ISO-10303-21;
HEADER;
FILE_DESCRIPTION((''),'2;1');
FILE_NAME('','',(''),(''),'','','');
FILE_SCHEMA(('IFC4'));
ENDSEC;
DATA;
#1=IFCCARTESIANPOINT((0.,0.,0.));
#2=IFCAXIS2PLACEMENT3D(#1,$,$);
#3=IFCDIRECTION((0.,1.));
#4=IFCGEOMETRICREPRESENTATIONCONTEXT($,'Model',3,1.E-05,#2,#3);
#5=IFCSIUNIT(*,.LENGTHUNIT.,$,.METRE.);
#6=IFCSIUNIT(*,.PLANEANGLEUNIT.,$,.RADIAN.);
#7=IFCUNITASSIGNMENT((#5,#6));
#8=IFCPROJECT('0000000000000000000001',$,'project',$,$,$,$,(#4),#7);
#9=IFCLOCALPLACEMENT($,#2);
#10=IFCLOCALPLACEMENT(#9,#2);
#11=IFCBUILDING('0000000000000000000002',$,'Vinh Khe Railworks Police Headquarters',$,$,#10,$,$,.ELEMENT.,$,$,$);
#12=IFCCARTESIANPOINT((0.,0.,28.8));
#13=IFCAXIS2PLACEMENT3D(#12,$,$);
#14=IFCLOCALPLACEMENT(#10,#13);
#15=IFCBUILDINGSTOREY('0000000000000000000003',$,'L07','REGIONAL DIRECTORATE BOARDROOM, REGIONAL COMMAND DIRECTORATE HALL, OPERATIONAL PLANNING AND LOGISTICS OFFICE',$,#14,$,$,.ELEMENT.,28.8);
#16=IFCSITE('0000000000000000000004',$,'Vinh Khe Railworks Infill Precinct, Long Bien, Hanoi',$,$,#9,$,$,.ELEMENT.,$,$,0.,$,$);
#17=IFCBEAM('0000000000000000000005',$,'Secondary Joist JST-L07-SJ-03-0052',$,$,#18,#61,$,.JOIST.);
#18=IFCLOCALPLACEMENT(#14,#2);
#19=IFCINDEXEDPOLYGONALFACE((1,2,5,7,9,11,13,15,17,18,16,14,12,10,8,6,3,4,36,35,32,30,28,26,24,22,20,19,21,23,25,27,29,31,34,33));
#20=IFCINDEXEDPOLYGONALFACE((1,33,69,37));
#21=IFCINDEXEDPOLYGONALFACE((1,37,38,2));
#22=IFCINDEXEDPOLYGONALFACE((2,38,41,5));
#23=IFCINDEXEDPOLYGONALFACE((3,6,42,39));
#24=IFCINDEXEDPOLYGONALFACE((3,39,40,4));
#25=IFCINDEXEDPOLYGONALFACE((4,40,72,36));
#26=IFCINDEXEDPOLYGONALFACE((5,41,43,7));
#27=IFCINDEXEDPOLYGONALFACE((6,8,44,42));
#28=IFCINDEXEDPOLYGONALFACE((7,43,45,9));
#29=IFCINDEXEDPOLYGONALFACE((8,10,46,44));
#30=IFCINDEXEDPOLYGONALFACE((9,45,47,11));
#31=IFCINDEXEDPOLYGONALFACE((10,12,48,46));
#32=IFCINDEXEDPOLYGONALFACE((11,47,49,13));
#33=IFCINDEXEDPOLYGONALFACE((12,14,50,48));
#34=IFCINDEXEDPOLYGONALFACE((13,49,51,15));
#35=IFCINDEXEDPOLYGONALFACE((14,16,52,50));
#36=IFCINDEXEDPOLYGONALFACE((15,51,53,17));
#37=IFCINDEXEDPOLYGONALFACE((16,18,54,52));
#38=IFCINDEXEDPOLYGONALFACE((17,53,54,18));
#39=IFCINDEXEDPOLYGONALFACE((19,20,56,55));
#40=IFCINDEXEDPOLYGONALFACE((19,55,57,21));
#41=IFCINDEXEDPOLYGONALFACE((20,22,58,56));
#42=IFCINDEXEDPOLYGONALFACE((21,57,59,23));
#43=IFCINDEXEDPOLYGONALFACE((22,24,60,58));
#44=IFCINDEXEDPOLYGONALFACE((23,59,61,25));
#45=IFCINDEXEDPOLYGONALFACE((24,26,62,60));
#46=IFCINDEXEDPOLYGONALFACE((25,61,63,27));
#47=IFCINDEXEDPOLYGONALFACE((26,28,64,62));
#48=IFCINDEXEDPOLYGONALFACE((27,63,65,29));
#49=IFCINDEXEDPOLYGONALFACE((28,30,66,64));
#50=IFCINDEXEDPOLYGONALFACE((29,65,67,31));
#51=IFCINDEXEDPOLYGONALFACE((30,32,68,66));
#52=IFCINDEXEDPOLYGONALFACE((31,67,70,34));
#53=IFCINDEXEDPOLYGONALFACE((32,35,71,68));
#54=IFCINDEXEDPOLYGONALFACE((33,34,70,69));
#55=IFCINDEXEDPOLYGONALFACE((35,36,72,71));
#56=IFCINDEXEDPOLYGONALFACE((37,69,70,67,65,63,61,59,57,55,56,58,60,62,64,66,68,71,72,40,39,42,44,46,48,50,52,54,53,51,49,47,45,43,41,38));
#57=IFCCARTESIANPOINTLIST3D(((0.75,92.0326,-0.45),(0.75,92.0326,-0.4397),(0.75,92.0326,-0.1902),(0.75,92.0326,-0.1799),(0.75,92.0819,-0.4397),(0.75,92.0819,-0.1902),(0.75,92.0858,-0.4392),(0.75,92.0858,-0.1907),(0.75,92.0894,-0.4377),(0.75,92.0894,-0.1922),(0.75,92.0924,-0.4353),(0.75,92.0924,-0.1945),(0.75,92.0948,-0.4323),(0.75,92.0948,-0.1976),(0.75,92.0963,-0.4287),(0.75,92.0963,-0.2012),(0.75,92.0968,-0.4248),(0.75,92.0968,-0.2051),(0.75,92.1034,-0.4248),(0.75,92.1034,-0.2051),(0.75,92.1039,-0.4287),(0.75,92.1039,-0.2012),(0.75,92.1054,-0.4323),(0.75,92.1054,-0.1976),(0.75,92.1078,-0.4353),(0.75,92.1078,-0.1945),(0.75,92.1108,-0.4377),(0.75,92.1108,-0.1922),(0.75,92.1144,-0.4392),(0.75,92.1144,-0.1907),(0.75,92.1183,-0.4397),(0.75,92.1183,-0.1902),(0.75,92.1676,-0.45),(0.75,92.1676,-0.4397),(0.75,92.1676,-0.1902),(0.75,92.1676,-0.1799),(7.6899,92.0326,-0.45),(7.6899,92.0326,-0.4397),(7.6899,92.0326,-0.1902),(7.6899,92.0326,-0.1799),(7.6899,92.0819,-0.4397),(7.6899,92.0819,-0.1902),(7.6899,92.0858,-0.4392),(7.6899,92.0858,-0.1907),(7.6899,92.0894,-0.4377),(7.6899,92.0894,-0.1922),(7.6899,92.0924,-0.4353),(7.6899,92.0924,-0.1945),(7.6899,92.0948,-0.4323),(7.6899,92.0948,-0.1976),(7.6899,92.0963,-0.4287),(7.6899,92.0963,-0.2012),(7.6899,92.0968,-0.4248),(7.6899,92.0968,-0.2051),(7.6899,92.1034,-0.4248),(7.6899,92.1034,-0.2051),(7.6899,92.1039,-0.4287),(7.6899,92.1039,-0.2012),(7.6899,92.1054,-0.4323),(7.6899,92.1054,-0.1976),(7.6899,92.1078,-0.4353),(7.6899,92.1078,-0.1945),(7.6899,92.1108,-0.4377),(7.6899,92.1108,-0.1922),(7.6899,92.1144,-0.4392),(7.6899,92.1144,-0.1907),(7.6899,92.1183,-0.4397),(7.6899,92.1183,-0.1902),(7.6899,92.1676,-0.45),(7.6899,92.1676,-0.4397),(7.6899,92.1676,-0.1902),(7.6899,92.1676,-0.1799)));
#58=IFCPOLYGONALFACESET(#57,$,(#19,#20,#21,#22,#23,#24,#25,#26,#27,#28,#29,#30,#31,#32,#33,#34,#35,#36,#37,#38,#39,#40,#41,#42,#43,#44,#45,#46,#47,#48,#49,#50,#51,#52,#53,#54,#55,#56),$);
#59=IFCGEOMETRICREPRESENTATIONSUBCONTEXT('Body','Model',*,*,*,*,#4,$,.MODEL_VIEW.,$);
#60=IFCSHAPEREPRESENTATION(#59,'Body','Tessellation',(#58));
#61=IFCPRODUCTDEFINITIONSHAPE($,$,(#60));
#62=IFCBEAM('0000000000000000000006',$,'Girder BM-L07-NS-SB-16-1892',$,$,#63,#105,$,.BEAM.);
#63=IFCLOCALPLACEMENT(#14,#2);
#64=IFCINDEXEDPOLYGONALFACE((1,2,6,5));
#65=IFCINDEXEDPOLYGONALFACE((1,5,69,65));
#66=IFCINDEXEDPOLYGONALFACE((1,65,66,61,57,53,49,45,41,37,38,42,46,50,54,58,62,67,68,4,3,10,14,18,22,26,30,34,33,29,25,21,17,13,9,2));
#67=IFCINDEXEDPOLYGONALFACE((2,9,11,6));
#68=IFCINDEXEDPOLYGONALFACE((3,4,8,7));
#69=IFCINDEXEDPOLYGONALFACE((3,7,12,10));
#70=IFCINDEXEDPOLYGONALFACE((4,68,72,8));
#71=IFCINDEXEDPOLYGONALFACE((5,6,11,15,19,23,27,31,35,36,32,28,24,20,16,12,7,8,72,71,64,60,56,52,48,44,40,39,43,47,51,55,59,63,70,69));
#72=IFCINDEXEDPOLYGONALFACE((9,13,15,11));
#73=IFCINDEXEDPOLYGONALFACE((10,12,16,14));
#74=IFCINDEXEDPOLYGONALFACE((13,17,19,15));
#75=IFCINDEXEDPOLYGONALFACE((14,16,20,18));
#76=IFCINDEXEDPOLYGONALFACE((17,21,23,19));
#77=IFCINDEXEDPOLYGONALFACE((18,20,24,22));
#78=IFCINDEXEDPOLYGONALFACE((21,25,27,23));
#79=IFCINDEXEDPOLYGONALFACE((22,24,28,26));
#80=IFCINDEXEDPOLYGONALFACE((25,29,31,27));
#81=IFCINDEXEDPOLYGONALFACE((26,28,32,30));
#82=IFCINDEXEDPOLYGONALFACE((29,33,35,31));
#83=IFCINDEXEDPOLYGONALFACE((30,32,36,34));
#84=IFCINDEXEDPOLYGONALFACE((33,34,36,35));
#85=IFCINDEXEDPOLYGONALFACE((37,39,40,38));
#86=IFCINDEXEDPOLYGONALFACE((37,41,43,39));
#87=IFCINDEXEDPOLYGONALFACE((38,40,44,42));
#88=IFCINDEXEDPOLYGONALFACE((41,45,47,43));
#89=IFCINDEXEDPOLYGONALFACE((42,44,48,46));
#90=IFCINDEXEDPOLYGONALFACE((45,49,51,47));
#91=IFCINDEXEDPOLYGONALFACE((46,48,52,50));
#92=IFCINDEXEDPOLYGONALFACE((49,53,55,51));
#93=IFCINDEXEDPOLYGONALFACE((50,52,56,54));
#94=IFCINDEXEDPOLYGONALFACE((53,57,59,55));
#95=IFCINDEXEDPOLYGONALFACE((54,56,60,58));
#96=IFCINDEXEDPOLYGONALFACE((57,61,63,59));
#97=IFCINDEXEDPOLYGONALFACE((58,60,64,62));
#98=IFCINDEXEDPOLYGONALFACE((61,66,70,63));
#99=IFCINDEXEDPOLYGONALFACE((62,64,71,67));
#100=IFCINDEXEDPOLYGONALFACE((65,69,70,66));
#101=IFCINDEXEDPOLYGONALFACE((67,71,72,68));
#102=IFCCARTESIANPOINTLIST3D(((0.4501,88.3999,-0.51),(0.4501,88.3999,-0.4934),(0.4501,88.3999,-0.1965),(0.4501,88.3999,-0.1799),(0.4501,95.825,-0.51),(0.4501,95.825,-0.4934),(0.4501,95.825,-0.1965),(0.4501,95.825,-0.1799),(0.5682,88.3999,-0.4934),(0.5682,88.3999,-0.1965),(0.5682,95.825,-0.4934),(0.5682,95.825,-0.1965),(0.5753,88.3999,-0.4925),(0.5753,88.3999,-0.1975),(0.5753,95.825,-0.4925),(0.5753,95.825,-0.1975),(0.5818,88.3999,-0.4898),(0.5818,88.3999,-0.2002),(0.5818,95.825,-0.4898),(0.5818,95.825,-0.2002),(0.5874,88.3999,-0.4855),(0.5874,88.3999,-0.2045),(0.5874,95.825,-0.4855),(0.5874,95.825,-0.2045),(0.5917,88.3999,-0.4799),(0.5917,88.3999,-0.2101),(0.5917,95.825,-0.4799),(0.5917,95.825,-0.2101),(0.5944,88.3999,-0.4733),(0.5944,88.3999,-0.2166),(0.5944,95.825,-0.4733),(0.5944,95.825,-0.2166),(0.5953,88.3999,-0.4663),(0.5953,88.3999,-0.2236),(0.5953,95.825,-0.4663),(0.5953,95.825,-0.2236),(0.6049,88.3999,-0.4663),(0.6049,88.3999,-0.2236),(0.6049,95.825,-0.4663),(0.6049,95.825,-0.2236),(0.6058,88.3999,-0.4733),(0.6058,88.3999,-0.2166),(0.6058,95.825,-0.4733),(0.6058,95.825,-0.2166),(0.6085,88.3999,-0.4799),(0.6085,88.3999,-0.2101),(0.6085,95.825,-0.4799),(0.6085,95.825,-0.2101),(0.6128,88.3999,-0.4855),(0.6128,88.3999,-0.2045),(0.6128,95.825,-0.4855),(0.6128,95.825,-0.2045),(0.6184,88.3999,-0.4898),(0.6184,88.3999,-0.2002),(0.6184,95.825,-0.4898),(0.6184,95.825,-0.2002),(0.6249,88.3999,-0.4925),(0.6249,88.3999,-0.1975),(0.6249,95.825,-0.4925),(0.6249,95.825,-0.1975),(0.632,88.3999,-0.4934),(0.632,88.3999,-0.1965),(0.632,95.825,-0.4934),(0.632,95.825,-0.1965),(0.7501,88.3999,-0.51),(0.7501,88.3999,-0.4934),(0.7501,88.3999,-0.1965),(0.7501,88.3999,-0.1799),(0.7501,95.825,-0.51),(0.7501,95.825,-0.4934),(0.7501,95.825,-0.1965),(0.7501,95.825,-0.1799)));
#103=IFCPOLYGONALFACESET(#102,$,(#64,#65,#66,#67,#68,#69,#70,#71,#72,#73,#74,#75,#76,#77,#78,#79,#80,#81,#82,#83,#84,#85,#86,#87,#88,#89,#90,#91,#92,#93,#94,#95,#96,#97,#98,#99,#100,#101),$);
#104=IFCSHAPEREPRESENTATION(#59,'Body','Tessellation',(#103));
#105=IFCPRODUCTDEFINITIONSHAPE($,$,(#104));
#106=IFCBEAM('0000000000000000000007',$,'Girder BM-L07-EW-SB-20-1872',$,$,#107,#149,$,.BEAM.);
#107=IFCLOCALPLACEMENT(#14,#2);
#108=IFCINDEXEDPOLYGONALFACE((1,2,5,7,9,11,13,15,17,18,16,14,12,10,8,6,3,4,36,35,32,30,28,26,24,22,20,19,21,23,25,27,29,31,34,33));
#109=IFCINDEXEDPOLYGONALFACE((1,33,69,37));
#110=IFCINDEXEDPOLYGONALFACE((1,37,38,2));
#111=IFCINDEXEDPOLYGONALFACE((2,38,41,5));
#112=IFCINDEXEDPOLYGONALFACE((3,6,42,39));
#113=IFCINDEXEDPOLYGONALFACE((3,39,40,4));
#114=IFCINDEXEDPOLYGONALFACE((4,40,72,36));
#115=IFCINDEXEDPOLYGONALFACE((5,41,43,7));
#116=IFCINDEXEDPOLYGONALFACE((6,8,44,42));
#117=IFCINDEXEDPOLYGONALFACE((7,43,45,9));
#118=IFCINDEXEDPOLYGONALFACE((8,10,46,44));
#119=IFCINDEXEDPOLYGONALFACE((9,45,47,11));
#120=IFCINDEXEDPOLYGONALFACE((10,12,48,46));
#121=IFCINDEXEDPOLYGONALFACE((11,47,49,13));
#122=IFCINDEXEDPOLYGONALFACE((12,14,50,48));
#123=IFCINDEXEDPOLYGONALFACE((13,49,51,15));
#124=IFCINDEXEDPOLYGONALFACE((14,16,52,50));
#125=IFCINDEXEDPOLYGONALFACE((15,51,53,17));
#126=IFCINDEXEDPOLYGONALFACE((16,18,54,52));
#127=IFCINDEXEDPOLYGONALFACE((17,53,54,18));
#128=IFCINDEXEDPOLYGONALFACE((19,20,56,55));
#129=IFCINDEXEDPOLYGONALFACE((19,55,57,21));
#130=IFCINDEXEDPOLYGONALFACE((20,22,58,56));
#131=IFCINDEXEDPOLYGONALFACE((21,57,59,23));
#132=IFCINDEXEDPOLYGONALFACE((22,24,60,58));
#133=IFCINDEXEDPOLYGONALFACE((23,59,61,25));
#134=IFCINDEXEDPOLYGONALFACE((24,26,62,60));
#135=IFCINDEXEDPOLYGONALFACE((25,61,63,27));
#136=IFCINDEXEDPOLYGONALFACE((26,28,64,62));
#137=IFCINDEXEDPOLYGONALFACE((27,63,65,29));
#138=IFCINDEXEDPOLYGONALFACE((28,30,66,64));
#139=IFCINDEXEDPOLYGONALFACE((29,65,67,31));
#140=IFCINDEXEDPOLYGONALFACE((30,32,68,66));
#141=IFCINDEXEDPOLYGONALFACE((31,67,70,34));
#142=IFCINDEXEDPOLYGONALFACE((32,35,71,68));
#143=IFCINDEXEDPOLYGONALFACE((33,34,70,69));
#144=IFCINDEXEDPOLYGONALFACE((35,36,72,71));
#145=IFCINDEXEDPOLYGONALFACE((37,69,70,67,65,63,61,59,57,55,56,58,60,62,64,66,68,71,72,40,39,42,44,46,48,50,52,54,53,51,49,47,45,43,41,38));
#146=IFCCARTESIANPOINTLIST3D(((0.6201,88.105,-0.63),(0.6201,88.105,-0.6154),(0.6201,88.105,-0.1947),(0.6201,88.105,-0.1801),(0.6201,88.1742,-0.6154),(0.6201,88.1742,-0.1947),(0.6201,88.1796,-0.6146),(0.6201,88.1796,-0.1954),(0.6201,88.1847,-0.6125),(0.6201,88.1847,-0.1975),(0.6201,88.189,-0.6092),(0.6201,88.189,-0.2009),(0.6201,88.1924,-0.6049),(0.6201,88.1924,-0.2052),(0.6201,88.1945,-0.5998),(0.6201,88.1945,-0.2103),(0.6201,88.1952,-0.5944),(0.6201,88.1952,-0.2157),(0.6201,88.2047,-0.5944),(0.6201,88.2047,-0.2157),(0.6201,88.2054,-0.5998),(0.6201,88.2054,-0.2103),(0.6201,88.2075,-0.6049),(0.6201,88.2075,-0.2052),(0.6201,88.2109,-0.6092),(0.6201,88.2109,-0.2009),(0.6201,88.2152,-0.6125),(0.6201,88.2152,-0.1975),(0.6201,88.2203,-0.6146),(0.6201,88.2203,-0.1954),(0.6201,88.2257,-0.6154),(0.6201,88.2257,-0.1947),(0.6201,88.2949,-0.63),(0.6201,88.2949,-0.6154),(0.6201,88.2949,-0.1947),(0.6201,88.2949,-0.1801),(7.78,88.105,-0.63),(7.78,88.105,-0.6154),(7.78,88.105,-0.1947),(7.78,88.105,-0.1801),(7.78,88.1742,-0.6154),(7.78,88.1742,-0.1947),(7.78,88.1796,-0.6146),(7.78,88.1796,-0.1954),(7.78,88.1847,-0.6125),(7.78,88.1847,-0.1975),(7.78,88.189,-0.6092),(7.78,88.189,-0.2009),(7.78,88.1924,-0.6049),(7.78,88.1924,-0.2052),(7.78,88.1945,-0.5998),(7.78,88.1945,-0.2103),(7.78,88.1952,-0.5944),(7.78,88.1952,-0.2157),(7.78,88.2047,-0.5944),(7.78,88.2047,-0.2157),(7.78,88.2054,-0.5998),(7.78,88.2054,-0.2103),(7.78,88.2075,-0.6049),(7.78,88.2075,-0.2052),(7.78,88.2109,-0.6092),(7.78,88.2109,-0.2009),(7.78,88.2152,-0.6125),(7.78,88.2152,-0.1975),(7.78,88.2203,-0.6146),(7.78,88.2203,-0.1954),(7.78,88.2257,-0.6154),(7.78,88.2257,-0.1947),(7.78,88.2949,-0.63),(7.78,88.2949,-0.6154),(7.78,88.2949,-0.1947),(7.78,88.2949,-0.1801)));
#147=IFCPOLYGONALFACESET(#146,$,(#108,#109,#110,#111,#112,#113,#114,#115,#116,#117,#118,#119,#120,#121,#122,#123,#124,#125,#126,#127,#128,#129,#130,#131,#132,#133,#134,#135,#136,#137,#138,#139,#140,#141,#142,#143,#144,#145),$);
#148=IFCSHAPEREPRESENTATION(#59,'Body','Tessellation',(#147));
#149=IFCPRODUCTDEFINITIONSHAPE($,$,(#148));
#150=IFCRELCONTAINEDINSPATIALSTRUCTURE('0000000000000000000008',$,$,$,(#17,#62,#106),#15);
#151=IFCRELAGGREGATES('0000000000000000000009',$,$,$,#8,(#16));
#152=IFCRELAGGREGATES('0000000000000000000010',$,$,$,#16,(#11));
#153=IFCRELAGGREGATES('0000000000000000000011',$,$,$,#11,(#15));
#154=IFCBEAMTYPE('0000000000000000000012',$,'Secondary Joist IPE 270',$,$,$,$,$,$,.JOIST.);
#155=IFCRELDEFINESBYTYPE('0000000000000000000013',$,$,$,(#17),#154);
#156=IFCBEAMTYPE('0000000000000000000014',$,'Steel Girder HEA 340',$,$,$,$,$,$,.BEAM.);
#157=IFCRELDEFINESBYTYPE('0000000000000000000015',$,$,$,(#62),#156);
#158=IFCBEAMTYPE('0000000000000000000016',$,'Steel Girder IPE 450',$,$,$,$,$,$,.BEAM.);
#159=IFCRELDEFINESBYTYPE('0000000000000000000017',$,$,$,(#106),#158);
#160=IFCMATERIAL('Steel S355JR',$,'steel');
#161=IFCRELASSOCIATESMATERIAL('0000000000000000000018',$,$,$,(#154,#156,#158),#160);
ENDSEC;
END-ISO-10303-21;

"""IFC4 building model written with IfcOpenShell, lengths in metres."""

from ifc_helpers import new_model, si_unit, direction, frame, origin, origin_2d, place, context, subcontext, project, spatial, i_section, extrude, material, material_profile, profile_set, type_object, element, save


model = new_model("IFC4")

# Units and contexts
model_context = context("Model", 3, precision=1e-05, world=origin(), true_north=direction((0.0, 1.0)))
body_context = subcontext(model_context, "Body", "Model", "MODEL_VIEW")
ifc_project = project(units=[si_unit("LENGTHUNIT", "METRE"), si_unit("PLANEANGLEUNIT", "RADIAN")], contexts=[model_context])

# Site, building, storey
site_placement = place(None, origin())
site = spatial("IfcSite", under=ifc_project, at=site_placement, Name="Vinh Khe Railworks Infill Precinct, Long Bien, Hanoi", CompositionType="ELEMENT", RefElevation=0.0)
building_placement = place(site_placement, origin())
building = spatial("IfcBuilding", under=site, at=building_placement, Name="Vinh Khe Railworks Police Headquarters", CompositionType="ELEMENT")
storey_placement = place(building_placement, frame((0.0, 0.0, 28.8)))
storey = spatial("IfcBuildingStorey", under=building, at=storey_placement, Name="L07", Description="REGIONAL DIRECTORATE BOARDROOM, REGIONAL COMMAND DIRECTORATE HALL, OPERATIONAL PLANNING AND LOGISTICS OFFICE", CompositionType="ELEMENT", Elevation=28.8)

# Shared definitions
ifc_material_1 = material(Name="Steel S355JR", Category="steel")

# Beams
ifc_material_profile_1 = material_profile(ifc_material_1, i_section(OverallWidth=0.135, OverallDepth=0.27, WebThickness=0.0066, FlangeThickness=0.0103, FilletRadius=0.0149, at=origin_2d()), Name="IPE 270")
ifc_profile_set_1 = profile_set([ifc_material_profile_1], Name="Steel S355JR")
beam_type_1 = type_object("IfcBeamType", Name="Secondary Joist IPE 270", PredefinedType="JOIST", material=ifc_profile_set_1)
beam_1_placement = place(storey_placement, frame((0.75, 92.1001, -0.3149), z_axis=(1.0, 0.0, 0.0), x_axis=(0.0, 1.0, 0.0)))
element("IfcBeam", 1, at=beam_1_placement, inside=storey, type_object=beam_type_1, Name="Secondary Joist JST-L07-SJ-03-0052", PredefinedType="JOIST", context=body_context, shape_type="SweptSolid", body=[
    extrude(i_section(OverallWidth=0.135, OverallDepth=0.27, WebThickness=0.0066, FlangeThickness=0.0103, FilletRadius=0.0149, at=origin_2d()), origin(), (0.0, 0.0, 1.0), 6.9399),
])
ifc_material_profile_2 = material_profile(ifc_material_1, i_section(OverallWidth=0.3, OverallDepth=0.3301, WebThickness=0.0095, FlangeThickness=0.0166, FilletRadius=0.0271, at=origin_2d()), Name="HEA 340")
ifc_profile_set_2 = profile_set([ifc_material_profile_2], Name="Steel S355JR")
beam_type_2 = type_object("IfcBeamType", Name="Steel Girder HEA 340", PredefinedType="BEAM", material=ifc_profile_set_2)
beam_2_placement = place(storey_placement, frame((0.6001, 88.3999, -0.345), z_axis=(0.0, 1.0, 0.0), x_axis=(-1.0, 0.0, 0.0)))
element("IfcBeam", 2, at=beam_2_placement, inside=storey, type_object=beam_type_2, Name="Girder BM-L07-NS-SB-16-1892", PredefinedType="BEAM", context=body_context, shape_type="SweptSolid", body=[
    extrude(i_section(OverallWidth=0.3, OverallDepth=0.3301, WebThickness=0.0095, FlangeThickness=0.0166, FilletRadius=0.0271, at=origin_2d()), origin(), (0.0, 0.0, 1.0), 7.425),
])
ifc_material_profile_3 = material_profile(ifc_material_1, i_section(OverallWidth=0.1899, OverallDepth=0.45, WebThickness=0.0095, FlangeThickness=0.0146, FilletRadius=0.021, at=origin_2d()), Name="IPE 450")
ifc_profile_set_3 = profile_set([ifc_material_profile_3], Name="Steel S355JR")
beam_type_3 = type_object("IfcBeamType", Name="Steel Girder IPE 450", PredefinedType="BEAM", material=ifc_profile_set_3)
beam_3_placement = place(storey_placement, frame((0.6201, 88.2, -0.405), z_axis=(1.0, 0.0, 0.0), x_axis=(0.0, 1.0, 0.0)))
element("IfcBeam", 3, at=beam_3_placement, inside=storey, type_object=beam_type_3, Name="Girder BM-L07-EW-SB-20-1872", PredefinedType="BEAM", context=body_context, shape_type="SweptSolid", body=[
    extrude(i_section(OverallWidth=0.1899, OverallDepth=0.45, WebThickness=0.0095, FlangeThickness=0.0146, FilletRadius=0.021, at=origin_2d()), origin(), (0.0, 0.0, 1.0), 7.1599),
])

save(model, "model.ifc")
